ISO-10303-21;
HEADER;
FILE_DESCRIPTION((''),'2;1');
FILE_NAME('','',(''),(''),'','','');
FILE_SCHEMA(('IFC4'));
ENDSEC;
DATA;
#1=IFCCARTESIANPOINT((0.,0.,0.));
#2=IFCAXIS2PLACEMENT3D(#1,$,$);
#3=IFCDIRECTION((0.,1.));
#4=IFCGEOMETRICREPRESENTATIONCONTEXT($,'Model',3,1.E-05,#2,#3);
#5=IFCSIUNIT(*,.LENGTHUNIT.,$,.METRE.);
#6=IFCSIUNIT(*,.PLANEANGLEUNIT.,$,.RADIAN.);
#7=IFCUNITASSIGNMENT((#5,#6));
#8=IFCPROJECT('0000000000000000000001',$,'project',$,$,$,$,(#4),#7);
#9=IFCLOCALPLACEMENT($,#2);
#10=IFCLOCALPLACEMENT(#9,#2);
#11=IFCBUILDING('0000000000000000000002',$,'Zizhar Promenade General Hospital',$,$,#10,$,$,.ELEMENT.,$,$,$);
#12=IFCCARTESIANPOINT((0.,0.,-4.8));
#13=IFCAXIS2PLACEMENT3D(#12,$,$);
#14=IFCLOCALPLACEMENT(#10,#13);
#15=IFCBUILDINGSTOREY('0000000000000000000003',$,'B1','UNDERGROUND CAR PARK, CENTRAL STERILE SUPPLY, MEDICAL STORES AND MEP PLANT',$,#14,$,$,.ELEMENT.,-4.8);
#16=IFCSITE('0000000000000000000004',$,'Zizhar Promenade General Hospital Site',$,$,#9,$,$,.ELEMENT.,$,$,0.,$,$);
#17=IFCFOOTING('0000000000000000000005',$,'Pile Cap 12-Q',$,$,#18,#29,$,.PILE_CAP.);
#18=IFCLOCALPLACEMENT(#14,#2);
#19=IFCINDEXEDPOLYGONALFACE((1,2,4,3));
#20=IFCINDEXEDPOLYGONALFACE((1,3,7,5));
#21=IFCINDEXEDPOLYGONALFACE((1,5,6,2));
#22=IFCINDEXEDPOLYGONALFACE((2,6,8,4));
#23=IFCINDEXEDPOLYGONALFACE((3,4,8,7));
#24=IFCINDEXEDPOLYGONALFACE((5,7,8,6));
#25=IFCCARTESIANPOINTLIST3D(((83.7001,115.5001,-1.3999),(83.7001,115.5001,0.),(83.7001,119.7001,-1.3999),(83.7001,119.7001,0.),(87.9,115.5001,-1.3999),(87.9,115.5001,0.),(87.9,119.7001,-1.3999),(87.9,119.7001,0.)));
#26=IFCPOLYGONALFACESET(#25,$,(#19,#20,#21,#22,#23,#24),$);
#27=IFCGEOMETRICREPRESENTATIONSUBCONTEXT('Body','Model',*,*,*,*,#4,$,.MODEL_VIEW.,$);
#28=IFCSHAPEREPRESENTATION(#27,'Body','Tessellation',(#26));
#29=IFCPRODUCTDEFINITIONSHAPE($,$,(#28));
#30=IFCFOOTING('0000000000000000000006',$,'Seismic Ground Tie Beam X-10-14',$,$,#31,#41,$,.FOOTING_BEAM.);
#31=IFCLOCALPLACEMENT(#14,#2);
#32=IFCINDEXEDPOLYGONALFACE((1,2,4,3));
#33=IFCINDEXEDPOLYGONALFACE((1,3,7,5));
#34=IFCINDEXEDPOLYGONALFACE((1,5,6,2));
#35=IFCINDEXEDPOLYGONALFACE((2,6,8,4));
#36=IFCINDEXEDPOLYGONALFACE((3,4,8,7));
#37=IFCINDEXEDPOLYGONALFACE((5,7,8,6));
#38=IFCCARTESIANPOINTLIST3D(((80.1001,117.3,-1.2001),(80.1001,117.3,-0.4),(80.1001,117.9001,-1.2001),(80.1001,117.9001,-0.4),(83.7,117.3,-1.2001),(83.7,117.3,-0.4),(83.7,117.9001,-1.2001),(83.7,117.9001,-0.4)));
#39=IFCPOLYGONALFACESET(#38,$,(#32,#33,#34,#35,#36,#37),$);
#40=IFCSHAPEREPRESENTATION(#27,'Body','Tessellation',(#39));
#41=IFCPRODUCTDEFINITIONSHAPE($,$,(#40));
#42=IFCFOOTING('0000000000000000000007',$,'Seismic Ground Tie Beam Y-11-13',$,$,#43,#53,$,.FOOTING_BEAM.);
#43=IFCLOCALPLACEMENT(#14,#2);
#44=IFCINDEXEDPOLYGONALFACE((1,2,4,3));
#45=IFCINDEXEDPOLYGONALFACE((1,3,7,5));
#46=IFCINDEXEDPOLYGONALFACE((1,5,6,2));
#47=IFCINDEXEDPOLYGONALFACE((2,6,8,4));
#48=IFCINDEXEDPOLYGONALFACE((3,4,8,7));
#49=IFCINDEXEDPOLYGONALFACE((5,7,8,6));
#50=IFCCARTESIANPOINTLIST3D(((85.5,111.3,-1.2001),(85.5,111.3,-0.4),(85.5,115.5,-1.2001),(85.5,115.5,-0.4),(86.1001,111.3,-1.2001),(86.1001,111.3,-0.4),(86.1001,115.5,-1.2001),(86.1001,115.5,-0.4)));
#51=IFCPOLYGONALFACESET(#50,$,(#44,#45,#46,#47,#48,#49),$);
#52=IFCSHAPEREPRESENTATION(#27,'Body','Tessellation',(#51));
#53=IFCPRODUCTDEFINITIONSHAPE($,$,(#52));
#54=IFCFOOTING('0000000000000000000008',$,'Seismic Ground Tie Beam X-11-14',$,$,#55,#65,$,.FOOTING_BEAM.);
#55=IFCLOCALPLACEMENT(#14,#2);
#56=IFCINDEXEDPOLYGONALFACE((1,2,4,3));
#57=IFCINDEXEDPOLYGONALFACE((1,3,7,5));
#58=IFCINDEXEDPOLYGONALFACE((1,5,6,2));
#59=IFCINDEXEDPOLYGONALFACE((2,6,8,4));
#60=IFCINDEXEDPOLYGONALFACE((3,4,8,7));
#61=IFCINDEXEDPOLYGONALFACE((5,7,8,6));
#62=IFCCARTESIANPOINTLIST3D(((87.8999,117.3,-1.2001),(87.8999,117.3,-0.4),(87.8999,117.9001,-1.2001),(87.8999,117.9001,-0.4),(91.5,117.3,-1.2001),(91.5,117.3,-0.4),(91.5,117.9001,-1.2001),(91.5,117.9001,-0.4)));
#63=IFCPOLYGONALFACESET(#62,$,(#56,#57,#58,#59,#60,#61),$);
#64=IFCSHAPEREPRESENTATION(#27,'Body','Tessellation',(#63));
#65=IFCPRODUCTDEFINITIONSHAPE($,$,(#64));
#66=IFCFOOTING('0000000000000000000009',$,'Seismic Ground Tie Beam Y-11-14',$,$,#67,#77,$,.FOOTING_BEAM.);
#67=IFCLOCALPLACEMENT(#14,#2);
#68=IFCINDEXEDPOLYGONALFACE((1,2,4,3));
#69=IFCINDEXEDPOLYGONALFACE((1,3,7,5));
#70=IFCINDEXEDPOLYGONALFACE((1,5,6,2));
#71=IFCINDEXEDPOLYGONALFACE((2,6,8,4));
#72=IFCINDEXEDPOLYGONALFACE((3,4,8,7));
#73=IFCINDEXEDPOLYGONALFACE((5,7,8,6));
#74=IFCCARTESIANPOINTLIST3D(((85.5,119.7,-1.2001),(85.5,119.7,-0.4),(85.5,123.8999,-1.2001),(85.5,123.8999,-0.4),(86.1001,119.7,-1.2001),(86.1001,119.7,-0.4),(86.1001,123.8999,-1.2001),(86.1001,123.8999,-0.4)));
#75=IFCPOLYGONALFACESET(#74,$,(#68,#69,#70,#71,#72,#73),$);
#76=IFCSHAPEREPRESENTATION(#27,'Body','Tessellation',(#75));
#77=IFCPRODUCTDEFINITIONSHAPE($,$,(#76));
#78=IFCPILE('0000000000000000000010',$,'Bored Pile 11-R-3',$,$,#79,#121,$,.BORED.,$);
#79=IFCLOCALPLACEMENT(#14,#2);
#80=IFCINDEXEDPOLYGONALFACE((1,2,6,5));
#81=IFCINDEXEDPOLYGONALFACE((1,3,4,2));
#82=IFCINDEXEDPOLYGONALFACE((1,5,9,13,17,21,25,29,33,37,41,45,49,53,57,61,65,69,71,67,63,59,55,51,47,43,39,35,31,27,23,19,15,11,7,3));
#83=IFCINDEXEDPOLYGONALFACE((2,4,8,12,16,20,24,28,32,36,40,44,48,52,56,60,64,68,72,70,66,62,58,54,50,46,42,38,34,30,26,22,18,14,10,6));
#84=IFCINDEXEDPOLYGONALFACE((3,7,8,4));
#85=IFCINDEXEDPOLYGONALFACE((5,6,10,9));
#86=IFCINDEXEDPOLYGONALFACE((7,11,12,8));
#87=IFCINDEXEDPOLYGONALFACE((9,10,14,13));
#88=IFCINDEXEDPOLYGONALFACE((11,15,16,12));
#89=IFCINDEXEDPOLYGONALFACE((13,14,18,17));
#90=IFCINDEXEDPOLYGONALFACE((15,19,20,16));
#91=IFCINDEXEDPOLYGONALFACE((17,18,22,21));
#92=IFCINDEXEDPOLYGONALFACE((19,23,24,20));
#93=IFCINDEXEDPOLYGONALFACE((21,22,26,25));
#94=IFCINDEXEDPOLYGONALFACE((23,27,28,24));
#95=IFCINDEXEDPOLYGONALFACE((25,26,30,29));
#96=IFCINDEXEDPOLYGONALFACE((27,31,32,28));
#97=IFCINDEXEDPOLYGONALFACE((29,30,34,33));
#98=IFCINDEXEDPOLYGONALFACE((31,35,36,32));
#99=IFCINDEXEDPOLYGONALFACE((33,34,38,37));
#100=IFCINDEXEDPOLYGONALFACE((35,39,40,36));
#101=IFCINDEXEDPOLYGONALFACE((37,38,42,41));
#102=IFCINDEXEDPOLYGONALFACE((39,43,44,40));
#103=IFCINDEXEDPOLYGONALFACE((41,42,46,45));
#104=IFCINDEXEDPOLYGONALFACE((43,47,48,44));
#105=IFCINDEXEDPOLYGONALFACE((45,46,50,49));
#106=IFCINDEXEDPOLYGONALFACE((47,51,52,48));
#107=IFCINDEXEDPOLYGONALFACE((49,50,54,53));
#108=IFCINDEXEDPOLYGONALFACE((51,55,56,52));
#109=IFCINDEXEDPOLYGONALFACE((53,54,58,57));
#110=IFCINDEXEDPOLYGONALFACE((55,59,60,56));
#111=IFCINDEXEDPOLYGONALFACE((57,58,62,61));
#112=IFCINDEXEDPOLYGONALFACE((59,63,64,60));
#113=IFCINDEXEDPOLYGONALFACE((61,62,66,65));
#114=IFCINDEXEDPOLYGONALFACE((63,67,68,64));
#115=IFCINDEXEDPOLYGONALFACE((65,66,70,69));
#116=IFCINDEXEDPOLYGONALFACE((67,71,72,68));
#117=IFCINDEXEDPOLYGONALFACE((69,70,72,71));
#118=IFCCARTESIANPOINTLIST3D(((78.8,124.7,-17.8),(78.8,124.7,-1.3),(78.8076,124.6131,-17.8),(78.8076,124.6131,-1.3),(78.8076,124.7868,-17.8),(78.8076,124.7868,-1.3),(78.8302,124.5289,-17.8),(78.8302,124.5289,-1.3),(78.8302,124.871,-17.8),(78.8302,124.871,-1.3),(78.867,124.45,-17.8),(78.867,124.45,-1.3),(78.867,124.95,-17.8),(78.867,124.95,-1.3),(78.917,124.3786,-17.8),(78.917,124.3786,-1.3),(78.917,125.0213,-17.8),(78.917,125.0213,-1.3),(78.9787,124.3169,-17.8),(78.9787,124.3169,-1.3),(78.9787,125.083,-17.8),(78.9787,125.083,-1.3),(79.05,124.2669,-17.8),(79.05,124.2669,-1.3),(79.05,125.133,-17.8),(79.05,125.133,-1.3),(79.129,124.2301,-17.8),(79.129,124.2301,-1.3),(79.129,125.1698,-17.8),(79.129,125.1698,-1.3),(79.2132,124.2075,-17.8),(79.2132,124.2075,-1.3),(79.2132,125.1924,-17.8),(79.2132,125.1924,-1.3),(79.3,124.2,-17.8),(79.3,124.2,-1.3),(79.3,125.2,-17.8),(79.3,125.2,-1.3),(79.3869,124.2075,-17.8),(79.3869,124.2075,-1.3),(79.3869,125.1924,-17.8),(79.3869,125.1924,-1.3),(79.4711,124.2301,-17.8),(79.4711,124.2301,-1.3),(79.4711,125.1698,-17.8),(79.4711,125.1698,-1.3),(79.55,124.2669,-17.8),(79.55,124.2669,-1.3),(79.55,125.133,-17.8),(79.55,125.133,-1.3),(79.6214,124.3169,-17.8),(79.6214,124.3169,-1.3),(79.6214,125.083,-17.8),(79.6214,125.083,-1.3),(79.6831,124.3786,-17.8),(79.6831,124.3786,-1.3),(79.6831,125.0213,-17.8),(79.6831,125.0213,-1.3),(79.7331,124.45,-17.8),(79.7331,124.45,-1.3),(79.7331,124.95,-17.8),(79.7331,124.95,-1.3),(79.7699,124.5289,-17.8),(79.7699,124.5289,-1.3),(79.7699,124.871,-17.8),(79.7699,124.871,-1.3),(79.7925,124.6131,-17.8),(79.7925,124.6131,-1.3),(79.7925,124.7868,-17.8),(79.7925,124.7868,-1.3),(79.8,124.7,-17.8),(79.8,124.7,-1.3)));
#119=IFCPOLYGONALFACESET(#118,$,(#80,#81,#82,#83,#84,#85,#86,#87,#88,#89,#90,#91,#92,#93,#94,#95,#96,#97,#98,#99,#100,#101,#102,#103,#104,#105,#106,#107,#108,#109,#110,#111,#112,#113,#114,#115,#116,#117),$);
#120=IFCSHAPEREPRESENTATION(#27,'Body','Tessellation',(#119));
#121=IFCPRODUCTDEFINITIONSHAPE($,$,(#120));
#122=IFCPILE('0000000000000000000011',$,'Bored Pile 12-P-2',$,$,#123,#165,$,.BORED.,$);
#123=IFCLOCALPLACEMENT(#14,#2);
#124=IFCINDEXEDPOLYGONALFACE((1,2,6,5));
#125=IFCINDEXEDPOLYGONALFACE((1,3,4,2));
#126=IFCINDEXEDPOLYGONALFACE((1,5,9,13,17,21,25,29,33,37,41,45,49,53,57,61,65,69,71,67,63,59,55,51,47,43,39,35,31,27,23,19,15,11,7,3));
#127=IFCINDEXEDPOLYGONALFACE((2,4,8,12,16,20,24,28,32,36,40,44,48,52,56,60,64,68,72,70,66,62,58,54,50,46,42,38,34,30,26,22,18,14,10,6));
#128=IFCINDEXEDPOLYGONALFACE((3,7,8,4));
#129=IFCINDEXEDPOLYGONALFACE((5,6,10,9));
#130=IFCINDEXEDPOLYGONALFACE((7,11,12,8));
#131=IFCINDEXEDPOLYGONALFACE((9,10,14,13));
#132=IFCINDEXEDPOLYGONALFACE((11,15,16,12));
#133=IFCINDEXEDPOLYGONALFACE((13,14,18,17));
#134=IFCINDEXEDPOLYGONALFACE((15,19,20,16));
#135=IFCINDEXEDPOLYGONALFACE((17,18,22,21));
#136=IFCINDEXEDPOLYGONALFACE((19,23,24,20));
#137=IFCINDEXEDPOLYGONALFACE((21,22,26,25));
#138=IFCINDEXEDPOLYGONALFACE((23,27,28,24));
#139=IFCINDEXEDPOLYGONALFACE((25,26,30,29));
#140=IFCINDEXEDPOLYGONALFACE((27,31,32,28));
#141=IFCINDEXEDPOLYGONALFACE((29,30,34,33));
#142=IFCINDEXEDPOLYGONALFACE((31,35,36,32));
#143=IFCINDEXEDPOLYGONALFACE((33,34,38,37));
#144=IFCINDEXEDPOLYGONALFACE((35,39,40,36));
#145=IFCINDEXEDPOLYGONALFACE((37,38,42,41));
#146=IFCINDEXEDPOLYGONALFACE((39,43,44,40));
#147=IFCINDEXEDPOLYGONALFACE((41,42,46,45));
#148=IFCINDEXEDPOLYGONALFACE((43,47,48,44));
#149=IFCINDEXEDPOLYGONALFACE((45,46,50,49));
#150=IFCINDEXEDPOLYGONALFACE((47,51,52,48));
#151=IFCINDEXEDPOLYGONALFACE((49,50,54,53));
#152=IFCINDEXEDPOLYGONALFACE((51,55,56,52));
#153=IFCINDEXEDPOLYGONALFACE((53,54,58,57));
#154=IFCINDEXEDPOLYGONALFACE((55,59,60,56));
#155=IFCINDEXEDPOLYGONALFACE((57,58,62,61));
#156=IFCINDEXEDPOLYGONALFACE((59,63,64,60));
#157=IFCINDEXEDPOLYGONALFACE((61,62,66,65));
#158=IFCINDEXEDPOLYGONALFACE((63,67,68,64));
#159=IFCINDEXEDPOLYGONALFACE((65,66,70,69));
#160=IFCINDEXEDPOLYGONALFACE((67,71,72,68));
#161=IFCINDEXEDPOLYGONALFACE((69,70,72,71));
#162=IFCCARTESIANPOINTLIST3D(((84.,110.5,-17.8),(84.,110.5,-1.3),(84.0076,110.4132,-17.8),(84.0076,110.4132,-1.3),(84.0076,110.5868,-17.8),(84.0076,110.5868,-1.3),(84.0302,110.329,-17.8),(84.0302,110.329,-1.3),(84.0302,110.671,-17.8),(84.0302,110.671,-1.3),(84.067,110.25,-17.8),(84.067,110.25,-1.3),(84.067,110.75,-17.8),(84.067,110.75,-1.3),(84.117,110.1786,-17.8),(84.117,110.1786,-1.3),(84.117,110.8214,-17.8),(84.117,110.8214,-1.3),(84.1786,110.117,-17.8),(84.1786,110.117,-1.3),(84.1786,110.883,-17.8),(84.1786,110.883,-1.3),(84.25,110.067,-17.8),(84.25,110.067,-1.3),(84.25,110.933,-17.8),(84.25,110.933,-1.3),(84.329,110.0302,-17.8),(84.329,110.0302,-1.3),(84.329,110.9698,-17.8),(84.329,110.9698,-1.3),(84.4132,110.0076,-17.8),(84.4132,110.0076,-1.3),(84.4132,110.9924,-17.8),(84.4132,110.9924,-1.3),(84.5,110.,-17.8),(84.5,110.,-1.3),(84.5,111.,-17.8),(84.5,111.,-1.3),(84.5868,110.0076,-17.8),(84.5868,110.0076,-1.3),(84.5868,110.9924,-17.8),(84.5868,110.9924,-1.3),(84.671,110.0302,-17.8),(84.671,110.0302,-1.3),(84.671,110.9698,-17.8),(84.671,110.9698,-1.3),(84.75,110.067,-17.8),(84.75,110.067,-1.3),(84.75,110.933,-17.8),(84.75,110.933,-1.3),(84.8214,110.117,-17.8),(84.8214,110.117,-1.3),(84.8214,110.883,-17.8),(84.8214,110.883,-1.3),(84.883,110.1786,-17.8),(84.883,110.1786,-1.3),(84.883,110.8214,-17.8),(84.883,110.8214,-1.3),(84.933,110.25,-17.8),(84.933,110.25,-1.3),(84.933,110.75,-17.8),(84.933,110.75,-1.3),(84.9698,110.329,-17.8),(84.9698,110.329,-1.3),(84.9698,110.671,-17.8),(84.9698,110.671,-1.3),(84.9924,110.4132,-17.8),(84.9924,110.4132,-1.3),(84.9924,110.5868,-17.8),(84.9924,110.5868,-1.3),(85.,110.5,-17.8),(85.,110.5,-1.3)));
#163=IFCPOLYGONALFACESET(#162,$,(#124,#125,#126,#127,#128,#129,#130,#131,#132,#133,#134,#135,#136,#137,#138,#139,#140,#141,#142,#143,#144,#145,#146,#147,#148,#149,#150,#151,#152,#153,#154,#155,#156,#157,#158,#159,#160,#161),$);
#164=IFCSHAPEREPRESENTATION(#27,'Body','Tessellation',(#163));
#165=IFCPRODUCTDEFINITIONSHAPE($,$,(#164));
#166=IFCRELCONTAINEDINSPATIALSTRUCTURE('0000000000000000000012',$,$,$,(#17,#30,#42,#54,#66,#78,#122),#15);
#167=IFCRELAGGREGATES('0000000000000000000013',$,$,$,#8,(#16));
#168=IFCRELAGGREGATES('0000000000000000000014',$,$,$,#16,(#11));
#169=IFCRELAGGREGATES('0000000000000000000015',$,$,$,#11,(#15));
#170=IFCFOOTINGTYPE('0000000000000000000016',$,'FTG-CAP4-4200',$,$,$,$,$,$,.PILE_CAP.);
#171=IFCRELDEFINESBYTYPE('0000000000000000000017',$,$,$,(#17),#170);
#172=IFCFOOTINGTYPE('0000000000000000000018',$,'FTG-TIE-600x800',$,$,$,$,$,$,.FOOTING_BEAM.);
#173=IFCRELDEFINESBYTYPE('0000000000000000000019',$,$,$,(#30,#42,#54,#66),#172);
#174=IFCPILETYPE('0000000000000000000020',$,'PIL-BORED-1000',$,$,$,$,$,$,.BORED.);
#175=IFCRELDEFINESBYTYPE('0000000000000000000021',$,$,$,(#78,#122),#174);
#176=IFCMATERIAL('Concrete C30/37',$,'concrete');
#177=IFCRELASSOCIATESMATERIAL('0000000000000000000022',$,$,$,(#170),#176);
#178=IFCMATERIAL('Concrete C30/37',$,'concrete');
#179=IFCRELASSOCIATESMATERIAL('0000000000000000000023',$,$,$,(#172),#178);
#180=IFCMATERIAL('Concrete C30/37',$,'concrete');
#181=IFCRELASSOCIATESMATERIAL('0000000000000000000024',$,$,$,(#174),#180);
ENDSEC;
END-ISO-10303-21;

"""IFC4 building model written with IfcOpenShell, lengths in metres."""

from ifc_helpers import new_model, si_unit, direction, frame, origin, origin_2d, place, context, subcontext, project, spatial, rectangle, circle, extrude, material, material_profile, profile_set, type_object, element, save


model = new_model("IFC4")

# Units and contexts
model_context = context("Model", 3, precision=1e-05, world=origin(), true_north=direction((0.0, 1.0)))
body_context = subcontext(model_context, "Body", "Model", "MODEL_VIEW")
ifc_project = project(units=[si_unit("LENGTHUNIT", "METRE"), si_unit("PLANEANGLEUNIT", "RADIAN")], contexts=[model_context])

# Site, building, storey
site_placement = place(None, origin())
site = spatial("IfcSite", under=ifc_project, at=site_placement, Name="Zizhar Promenade General Hospital Site", CompositionType="ELEMENT", RefElevation=0.0)
building_placement = place(site_placement, origin())
building = spatial("IfcBuilding", under=site, at=building_placement, Name="Zizhar Promenade General Hospital", CompositionType="ELEMENT")
storey_placement = place(building_placement, frame((0.0, 0.0, -4.8)))
storey = spatial("IfcBuildingStorey", under=building, at=storey_placement, Name="B1", Description="UNDERGROUND CAR PARK, CENTRAL STERILE SUPPLY, MEDICAL STORES AND MEP PLANT", CompositionType="ELEMENT", Elevation=-4.8)

# Footings
ifc_material_1 = material(Name="Concrete C30/37", Category="concrete")
footing_type_1 = type_object("IfcFootingType", Name="FTG-CAP4-4200", PredefinedType="PILE_CAP", material=ifc_material_1)
footing_1_placement = place(storey_placement, frame((85.8, 117.6001, -1.3999), z_axis=(0.0, 0.0, 1.0), x_axis=(1.0, 0.0, 0.0)))
element("IfcFooting", 1, at=footing_1_placement, inside=storey, type_object=footing_type_1, Name="Pile Cap 12-Q", PredefinedType="PILE_CAP", context=body_context, shape_type="SweptSolid", body=[
    extrude(rectangle(XDim=4.2, YDim=4.2, at=origin_2d()), origin(), (0.0, 0.0, 1.0), 1.3999),
])
ifc_material_2 = material(Name="Concrete C30/37", Category="concrete")
ifc_material_profile_1 = material_profile(ifc_material_2, rectangle(XDim=0.6001, YDim=0.8, at=origin_2d()))
ifc_profile_set_1 = profile_set([ifc_material_profile_1], Name="Concrete C30/37")
footing_type_2 = type_object("IfcFootingType", Name="FTG-TIE-600x800", PredefinedType="FOOTING_BEAM", material=ifc_profile_set_1)
footing_2_placement = place(storey_placement, frame((80.1001, 117.6001, -0.8), z_axis=(1.0, 0.0, 0.0), x_axis=(0.0, 1.0, 0.0)))
element("IfcFooting", 2, at=footing_2_placement, inside=storey, type_object=footing_type_2, Name="Seismic Ground Tie Beam X-10-14", PredefinedType="FOOTING_BEAM", context=body_context, shape_type="SweptSolid", body=[
    extrude(rectangle(XDim=0.6001, YDim=0.8, at=origin_2d()), origin(), (0.0, 0.0, 1.0), 3.5999),
])
footing_3_placement = place(storey_placement, frame((85.8, 111.3, -0.8), z_axis=(0.0, 1.0, 0.0), x_axis=(-1.0, 0.0, 0.0)))
element("IfcFooting", 3, at=footing_3_placement, inside=storey, type_object=footing_type_2, Name="Seismic Ground Tie Beam Y-11-13", PredefinedType="FOOTING_BEAM", context=body_context, shape_type="SweptSolid", body=[
    extrude(rectangle(XDim=0.6001, YDim=0.8, at=origin_2d()), origin(), (0.0, 0.0, 1.0), 4.2),
])
footing_4_placement = place(storey_placement, frame((87.8999, 117.6001, -0.8), z_axis=(1.0, 0.0, 0.0), x_axis=(0.0, 1.0, 0.0)))
element("IfcFooting", 4, at=footing_4_placement, inside=storey, type_object=footing_type_2, Name="Seismic Ground Tie Beam X-11-14", PredefinedType="FOOTING_BEAM", context=body_context, shape_type="SweptSolid", body=[
    extrude(rectangle(XDim=0.6001, YDim=0.8, at=origin_2d()), origin(), (0.0, 0.0, 1.0), 3.6001),
])
footing_5_placement = place(storey_placement, frame((85.8, 119.7, -0.8), z_axis=(0.0, 1.0, 0.0), x_axis=(-1.0, 0.0, 0.0)))
element("IfcFooting", 5, at=footing_5_placement, inside=storey, type_object=footing_type_2, Name="Seismic Ground Tie Beam Y-11-14", PredefinedType="FOOTING_BEAM", context=body_context, shape_type="SweptSolid", body=[
    extrude(rectangle(XDim=0.6001, YDim=0.8, at=origin_2d()), origin(), (0.0, 0.0, 1.0), 4.2),
])

# Piles
ifc_material_3 = material(Name="Concrete C30/37", Category="concrete")
ifc_material_profile_2 = material_profile(ifc_material_3, circle(Radius=0.5, at=origin_2d()))
ifc_profile_set_2 = profile_set([ifc_material_profile_2], Name="Concrete C30/37")
pile_type = type_object("IfcPileType", Name="PIL-BORED-1000", PredefinedType="BORED", material=ifc_profile_set_2)
for number, where, z_axis, x_axis, name in (
    (6, (79.3, 124.7, -1.3), (0.0, 0.0, -1.0), (1.0, 0.0, 0.0), "Bored Pile 11-R-3"),
    (7, (84.5, 110.5, -1.3), (0.0, 0.0, -1.0), (1.0, 0.0, 0.0), "Bored Pile 12-P-2"),
):
    element("IfcPile", number, at=place(storey_placement, frame(where, z_axis=z_axis, x_axis=x_axis)), inside=storey, type_object=pile_type, Name=name, PredefinedType="BORED", context=body_context, shape_type="SweptSolid", body=[
        extrude(circle(Radius=0.5, at=origin_2d()), origin(), (0.0, 0.0, 1.0), 16.5),
    ])

save(model, "model.ifc")
